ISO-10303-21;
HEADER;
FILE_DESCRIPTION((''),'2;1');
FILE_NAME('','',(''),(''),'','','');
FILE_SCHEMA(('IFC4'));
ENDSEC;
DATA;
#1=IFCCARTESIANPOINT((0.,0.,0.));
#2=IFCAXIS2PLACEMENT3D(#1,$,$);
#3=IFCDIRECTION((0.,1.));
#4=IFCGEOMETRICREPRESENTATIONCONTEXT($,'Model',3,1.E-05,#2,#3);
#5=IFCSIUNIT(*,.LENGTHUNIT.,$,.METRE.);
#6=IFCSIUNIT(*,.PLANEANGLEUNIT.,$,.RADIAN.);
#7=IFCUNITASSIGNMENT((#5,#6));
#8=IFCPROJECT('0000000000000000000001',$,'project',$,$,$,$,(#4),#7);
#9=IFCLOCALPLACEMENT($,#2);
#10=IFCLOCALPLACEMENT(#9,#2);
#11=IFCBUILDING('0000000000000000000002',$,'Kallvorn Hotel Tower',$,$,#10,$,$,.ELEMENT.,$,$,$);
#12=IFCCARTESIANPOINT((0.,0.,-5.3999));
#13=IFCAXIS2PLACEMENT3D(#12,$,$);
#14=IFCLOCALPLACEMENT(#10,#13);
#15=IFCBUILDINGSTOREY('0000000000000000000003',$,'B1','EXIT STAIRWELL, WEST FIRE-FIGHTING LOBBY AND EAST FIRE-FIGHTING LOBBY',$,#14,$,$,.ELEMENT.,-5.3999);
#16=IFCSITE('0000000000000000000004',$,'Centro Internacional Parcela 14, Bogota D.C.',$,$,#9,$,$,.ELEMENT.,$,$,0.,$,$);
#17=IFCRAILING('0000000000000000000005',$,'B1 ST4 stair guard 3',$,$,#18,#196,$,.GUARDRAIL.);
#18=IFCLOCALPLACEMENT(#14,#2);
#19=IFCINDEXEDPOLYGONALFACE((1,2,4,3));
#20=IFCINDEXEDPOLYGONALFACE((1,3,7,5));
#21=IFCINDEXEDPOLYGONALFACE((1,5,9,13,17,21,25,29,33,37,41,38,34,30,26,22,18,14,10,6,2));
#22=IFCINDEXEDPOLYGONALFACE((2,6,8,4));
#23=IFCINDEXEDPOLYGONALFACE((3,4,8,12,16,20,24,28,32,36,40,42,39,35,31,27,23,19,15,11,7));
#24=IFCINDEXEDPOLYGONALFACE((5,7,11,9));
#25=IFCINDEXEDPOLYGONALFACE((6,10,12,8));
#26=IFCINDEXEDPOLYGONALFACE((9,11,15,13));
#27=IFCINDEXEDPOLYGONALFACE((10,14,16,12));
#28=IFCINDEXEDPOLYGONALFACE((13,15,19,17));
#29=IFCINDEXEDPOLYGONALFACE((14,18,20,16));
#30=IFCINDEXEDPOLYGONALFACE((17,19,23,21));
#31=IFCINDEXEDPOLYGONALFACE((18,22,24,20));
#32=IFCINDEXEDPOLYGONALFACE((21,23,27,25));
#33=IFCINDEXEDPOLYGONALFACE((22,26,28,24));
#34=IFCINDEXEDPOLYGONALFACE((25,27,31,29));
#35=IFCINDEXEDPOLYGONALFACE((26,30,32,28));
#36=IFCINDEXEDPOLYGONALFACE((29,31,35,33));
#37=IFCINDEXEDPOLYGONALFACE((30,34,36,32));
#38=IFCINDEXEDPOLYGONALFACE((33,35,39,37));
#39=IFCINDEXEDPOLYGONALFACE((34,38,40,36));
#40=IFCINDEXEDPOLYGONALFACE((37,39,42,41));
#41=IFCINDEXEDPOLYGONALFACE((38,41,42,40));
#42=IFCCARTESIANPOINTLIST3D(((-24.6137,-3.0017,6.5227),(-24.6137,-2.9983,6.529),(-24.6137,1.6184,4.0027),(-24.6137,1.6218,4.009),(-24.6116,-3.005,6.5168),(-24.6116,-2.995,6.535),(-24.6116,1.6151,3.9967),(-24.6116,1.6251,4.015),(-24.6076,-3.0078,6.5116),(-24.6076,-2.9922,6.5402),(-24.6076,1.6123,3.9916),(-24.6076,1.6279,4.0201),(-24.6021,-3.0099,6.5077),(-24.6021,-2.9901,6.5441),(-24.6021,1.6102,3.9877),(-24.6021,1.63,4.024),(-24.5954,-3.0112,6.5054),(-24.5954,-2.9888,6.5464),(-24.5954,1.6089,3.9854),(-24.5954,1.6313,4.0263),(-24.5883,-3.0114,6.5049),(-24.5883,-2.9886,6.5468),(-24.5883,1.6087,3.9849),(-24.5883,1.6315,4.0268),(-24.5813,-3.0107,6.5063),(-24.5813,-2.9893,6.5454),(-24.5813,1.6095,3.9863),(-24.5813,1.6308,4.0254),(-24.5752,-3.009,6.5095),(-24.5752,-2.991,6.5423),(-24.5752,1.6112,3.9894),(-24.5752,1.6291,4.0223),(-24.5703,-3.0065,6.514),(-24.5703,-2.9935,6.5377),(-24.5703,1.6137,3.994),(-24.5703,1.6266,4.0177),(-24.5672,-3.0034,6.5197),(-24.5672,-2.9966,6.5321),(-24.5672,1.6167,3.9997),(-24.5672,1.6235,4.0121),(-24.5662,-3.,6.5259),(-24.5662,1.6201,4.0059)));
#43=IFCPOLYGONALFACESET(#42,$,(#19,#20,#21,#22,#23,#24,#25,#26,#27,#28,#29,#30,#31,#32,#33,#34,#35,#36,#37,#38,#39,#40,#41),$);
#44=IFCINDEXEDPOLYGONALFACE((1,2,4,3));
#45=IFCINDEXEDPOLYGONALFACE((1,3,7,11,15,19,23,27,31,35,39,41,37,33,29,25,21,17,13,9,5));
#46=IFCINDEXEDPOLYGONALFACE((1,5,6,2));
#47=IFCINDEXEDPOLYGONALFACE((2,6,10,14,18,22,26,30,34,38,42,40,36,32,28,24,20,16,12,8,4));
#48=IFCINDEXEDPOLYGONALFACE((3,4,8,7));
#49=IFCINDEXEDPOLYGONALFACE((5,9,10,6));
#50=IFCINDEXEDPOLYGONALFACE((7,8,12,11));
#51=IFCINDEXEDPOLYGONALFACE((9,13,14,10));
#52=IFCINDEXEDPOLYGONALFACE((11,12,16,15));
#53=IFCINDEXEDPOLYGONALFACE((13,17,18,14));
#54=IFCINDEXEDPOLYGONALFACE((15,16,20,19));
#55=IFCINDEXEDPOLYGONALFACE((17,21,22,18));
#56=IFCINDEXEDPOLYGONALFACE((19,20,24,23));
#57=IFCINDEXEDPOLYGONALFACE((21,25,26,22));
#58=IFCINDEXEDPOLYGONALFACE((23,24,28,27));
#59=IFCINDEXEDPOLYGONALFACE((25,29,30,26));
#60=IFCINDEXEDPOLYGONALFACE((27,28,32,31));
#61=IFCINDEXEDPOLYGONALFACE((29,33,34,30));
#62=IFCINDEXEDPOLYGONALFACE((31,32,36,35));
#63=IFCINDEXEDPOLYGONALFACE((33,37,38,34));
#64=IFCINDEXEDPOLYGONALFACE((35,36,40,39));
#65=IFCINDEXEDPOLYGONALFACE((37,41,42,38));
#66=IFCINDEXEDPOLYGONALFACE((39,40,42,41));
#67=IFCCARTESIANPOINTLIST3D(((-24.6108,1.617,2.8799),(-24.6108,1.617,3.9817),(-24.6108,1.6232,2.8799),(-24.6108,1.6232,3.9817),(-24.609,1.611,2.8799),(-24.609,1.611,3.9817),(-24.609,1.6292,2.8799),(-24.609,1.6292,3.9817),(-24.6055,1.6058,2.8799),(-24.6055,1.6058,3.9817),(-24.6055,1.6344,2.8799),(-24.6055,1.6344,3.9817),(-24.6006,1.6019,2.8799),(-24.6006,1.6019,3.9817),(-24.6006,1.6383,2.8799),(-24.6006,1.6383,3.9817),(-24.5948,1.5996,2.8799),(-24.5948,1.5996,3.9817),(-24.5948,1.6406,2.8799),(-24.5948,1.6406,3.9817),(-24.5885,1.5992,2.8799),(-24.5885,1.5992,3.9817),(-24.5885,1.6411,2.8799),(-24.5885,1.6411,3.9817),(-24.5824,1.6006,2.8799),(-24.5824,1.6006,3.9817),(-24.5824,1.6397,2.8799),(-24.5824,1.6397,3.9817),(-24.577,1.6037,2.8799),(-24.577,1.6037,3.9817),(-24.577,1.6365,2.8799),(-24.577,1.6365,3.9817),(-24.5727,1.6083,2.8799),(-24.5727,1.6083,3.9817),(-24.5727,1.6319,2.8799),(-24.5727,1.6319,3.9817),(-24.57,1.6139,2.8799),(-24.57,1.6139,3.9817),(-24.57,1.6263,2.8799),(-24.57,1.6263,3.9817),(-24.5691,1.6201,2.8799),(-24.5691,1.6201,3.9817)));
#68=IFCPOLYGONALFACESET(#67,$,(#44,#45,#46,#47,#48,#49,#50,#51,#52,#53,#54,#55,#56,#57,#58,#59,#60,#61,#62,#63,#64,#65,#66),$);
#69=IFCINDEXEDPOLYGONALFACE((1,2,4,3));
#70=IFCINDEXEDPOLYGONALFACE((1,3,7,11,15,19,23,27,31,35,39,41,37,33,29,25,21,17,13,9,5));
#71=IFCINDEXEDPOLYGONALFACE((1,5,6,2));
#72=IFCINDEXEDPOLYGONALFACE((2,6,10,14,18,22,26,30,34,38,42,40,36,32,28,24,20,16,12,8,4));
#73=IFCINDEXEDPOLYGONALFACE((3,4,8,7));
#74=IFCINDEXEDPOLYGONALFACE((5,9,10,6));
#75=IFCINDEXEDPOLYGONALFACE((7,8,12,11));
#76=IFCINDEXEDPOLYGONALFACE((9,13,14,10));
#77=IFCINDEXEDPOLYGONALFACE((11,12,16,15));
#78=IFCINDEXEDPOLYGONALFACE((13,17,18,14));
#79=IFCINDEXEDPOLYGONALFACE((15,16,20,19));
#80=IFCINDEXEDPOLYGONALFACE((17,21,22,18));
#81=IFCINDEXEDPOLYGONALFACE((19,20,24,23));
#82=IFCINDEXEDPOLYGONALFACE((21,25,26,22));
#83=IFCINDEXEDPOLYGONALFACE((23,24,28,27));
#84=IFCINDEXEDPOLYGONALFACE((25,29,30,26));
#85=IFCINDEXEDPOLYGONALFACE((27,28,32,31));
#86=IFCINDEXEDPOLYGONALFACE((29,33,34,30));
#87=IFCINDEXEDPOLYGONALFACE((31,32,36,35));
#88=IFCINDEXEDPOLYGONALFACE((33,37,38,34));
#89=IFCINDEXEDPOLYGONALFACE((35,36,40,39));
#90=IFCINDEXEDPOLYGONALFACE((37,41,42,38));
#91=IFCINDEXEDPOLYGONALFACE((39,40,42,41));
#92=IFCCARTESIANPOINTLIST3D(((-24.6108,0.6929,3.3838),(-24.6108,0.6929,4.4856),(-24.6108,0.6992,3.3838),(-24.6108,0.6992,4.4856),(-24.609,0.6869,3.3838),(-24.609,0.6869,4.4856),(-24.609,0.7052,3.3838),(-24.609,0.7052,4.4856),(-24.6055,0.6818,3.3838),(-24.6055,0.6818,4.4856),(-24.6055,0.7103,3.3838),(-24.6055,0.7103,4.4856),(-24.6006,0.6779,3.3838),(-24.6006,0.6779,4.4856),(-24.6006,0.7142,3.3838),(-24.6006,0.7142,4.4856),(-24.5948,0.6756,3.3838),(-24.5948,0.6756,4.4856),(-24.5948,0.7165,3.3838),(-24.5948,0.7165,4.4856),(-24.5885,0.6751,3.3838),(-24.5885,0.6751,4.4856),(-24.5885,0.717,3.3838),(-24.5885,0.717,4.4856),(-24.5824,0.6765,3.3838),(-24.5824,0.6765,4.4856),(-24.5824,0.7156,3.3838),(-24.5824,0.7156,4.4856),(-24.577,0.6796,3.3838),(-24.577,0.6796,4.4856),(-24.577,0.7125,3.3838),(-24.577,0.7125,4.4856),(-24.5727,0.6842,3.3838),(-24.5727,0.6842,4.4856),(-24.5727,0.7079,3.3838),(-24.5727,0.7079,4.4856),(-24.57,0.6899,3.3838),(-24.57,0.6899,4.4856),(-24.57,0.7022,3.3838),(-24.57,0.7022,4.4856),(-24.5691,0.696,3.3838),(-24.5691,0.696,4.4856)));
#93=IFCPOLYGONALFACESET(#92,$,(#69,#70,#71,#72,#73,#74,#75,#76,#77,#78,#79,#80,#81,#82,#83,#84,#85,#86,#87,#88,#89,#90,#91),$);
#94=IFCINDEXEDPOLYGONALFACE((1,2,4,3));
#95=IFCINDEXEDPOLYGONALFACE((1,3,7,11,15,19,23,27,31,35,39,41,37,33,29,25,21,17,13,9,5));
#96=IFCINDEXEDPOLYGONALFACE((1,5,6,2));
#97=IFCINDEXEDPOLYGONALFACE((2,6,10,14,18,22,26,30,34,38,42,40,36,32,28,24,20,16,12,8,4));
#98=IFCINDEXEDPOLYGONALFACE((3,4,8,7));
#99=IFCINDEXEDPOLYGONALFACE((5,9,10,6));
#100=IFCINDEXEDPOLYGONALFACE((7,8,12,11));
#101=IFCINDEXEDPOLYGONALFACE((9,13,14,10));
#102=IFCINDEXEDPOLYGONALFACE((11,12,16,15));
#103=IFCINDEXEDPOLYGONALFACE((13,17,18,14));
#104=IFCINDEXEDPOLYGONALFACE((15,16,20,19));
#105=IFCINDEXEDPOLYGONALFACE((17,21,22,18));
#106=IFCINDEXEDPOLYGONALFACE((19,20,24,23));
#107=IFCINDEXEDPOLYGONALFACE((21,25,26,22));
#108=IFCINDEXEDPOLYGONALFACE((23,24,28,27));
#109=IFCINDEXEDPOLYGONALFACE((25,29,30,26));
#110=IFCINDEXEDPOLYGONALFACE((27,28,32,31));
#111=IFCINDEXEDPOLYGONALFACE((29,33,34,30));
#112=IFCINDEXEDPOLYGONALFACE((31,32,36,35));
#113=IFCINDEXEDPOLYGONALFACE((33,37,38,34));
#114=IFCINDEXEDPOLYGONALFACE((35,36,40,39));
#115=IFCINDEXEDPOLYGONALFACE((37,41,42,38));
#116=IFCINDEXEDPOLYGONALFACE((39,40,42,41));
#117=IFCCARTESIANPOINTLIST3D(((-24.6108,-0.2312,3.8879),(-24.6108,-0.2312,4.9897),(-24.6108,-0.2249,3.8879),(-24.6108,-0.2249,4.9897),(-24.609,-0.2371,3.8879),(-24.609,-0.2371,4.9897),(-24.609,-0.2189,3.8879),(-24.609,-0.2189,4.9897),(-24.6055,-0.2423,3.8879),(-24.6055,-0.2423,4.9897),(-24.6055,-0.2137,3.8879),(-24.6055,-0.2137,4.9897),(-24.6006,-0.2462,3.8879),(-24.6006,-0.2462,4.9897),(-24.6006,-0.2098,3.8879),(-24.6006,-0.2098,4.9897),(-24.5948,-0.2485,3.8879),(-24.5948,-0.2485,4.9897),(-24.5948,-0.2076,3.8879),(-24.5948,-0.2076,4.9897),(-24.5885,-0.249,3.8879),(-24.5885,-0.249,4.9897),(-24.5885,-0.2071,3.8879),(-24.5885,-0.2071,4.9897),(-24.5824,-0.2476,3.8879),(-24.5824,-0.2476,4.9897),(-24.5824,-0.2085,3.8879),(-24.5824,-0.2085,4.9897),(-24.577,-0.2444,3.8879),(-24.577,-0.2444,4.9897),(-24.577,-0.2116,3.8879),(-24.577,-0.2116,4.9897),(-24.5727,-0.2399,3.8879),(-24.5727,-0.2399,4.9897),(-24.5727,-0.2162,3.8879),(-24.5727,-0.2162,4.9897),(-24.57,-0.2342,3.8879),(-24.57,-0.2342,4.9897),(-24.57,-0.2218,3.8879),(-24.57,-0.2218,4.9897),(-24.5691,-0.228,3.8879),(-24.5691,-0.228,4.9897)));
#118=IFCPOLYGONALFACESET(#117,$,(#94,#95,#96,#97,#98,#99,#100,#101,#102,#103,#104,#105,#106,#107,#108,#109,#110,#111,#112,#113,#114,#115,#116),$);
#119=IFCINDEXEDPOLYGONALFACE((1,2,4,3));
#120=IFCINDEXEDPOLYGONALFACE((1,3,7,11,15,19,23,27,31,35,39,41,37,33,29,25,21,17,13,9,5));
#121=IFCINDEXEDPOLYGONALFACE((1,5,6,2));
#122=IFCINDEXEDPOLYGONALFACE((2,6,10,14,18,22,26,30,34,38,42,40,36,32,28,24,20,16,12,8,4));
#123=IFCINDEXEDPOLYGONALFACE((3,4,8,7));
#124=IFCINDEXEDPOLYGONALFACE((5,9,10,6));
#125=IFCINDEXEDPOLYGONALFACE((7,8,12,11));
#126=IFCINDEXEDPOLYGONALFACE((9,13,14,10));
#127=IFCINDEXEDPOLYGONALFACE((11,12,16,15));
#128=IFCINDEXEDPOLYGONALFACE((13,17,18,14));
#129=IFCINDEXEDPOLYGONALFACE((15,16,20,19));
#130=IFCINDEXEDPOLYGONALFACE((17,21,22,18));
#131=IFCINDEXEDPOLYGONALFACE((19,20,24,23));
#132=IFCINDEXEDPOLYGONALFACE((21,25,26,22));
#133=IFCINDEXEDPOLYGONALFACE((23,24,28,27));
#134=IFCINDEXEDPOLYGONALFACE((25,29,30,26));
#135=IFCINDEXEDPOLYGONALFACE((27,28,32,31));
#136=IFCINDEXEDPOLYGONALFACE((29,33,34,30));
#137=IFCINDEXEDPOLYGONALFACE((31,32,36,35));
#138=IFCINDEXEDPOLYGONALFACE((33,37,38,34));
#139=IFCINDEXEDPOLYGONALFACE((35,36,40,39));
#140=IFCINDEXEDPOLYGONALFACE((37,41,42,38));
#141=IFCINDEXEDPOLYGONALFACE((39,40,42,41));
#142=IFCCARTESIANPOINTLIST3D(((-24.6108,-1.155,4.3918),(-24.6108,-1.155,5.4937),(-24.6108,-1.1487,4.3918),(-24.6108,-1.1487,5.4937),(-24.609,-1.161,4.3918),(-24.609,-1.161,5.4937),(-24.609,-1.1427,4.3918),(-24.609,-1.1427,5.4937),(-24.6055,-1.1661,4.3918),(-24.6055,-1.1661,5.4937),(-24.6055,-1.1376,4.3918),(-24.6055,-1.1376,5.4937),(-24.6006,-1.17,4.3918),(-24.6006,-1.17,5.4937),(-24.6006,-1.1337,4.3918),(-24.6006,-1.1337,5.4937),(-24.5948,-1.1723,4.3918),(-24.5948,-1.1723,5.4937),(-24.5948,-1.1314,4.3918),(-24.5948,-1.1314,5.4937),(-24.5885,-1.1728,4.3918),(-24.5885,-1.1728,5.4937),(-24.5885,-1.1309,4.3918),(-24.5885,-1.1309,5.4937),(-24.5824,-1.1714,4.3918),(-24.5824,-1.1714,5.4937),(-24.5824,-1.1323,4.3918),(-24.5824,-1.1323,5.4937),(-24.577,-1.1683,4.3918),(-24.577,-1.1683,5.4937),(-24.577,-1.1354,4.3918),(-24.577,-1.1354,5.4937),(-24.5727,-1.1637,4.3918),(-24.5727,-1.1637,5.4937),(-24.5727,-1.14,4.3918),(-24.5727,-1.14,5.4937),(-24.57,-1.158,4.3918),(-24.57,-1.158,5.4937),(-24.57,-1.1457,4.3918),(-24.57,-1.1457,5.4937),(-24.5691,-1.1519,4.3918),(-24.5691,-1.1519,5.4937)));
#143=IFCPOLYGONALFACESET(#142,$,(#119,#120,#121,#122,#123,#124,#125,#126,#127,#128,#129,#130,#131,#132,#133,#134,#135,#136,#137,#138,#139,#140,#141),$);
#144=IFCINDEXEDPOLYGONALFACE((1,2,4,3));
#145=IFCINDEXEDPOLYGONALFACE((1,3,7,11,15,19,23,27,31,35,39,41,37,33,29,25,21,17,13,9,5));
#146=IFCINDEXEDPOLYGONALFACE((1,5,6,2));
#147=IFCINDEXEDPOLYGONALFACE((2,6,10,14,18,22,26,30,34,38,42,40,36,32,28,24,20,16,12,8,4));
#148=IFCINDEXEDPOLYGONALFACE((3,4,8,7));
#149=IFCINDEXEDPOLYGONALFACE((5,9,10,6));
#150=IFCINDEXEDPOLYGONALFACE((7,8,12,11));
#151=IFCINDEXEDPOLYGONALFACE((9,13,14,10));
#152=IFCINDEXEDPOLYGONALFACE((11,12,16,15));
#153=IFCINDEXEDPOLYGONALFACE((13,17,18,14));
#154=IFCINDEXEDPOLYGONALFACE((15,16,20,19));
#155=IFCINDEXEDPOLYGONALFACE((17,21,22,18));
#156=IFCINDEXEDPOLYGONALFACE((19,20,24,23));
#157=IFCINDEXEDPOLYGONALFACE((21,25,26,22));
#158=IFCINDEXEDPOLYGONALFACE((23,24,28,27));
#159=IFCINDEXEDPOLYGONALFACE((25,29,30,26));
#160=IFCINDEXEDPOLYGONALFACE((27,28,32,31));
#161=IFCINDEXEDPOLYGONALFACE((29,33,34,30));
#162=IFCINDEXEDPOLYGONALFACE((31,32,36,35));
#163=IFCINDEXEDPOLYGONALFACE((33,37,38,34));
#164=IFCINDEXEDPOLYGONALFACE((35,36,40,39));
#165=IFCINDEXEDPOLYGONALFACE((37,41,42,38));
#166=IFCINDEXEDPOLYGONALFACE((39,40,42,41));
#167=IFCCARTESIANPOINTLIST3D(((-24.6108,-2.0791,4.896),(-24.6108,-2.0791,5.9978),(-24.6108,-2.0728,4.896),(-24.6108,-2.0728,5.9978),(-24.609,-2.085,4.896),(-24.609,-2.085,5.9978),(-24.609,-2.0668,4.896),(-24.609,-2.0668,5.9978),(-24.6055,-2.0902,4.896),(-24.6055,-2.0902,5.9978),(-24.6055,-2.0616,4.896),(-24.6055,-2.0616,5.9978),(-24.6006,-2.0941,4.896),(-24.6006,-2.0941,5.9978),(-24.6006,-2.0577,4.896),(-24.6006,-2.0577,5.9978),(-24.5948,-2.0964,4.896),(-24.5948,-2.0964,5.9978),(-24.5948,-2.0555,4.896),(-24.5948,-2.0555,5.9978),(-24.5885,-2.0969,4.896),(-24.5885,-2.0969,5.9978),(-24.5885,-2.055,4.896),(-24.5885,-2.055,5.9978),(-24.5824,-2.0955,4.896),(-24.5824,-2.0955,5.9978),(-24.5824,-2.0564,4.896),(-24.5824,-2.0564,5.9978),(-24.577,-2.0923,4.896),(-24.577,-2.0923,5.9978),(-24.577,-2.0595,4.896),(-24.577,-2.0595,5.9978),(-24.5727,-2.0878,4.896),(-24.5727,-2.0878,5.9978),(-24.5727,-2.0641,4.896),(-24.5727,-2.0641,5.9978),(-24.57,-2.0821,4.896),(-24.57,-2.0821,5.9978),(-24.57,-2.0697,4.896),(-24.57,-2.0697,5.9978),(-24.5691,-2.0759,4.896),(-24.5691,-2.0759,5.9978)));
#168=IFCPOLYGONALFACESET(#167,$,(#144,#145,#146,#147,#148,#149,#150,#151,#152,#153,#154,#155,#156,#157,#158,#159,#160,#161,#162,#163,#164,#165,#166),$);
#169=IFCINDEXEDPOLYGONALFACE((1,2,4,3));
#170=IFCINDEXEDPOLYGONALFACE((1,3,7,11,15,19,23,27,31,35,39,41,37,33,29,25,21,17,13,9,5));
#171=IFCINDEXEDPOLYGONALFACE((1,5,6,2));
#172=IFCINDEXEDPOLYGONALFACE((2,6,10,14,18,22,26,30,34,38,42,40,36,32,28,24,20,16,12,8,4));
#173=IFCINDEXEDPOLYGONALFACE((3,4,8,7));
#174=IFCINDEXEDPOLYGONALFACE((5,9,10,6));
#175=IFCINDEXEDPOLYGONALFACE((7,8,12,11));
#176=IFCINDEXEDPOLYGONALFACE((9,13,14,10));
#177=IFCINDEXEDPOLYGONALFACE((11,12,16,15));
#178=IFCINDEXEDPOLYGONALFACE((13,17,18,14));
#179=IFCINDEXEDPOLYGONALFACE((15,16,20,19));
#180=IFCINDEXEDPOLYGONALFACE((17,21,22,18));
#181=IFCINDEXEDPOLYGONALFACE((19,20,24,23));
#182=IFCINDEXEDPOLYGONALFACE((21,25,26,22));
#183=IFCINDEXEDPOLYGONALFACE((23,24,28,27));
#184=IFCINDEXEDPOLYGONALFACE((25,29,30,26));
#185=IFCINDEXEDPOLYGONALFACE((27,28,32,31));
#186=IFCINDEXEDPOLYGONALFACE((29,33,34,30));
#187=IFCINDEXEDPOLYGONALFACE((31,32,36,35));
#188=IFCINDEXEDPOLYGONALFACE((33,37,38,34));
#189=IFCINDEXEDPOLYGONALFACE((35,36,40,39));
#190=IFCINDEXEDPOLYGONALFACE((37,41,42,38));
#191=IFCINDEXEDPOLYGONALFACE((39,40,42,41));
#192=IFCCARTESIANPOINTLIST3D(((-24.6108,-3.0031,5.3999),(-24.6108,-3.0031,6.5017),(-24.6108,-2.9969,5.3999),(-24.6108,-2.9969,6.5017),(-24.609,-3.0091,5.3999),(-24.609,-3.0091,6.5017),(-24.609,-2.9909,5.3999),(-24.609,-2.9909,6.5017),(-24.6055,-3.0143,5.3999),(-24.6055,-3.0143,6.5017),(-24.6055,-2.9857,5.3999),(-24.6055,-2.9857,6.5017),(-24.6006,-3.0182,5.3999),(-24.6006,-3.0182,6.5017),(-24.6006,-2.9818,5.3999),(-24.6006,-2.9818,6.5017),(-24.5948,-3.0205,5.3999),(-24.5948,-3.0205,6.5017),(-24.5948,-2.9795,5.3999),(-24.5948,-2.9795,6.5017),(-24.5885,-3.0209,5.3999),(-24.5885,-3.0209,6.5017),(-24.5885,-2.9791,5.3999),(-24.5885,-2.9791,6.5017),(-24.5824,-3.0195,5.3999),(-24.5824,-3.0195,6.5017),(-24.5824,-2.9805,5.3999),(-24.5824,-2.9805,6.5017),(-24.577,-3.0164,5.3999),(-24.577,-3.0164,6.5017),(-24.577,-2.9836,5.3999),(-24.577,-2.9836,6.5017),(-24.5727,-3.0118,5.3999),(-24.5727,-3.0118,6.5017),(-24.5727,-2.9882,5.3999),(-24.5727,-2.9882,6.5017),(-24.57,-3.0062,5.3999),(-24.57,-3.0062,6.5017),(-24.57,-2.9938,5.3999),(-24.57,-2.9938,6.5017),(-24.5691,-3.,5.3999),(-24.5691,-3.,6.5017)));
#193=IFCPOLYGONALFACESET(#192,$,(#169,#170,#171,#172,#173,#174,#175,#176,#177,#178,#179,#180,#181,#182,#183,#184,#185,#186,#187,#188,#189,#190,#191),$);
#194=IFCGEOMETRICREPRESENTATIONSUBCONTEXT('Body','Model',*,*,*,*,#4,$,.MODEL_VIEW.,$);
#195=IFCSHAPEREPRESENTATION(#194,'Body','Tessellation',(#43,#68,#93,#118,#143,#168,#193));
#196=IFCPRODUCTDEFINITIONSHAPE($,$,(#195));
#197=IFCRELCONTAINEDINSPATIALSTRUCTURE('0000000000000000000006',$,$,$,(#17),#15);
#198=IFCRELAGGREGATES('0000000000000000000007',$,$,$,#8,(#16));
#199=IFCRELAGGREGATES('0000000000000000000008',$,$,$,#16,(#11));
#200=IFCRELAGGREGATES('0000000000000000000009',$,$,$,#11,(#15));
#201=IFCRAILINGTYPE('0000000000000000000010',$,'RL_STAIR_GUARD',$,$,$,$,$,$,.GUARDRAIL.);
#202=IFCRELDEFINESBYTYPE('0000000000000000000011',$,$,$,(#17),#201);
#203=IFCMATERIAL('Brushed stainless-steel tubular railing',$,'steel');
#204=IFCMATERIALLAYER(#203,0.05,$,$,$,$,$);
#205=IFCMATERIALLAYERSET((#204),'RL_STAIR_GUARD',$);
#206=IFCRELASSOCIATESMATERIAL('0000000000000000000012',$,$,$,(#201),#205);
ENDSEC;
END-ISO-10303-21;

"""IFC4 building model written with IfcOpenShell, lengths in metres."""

from ifc_helpers import new_model, si_unit, direction, frame, origin, origin_2d, place, context, subcontext, project, spatial, circle, extrude, material, layer, layer_set, type_object, element, save


model = new_model("IFC4")

# Units and contexts
model_context = context("Model", 3, precision=1e-05, world=origin(), true_north=direction((0.0, 1.0)))
body_context = subcontext(model_context, "Body", "Model", "MODEL_VIEW")
ifc_project = project(units=[si_unit("LENGTHUNIT", "METRE"), si_unit("PLANEANGLEUNIT", "RADIAN")], contexts=[model_context])

# Site, building, storey
site_placement = place(None, origin())
site = spatial("IfcSite", under=ifc_project, at=site_placement, Name="Centro Internacional Parcela 14, Bogota D.C.", CompositionType="ELEMENT", RefElevation=0.0)
building_placement = place(site_placement, origin())
building = spatial("IfcBuilding", under=site, at=building_placement, Name="Kallvorn Hotel Tower", CompositionType="ELEMENT")
storey_placement = place(building_placement, frame((0.0, 0.0, -5.3999)))
storey = spatial("IfcBuildingStorey", under=building, at=storey_placement, Name="B1", Description="EXIT STAIRWELL, WEST FIRE-FIGHTING LOBBY AND EAST FIRE-FIGHTING LOBBY", CompositionType="ELEMENT", Elevation=-5.3999)

# Railing
ifc_material_1 = material(Name="Brushed stainless-steel tubular railing", Category="steel")
ifc_layer_1 = layer(ifc_material_1, 0.05)
ifc_layer_set_1 = layer_set([ifc_layer_1], Name="RL_STAIR_GUARD")
railing_type_1 = type_object("IfcRailingType", Name="RL_STAIR_GUARD", PredefinedType="GUARDRAIL", material=ifc_layer_set_1)
railing_1_placement = place(storey_placement, frame((-24.5901, 1.6201, 2.8799)))
element("IfcRailing", 1, at=railing_1_placement, inside=storey, type_object=railing_type_1, Name="B1 ST4 stair guard 3", PredefinedType="GUARDRAIL", context=body_context, shape_type="SweptSolid", body=[
    extrude(circle(Radius=0.0239, at=origin_2d()), frame((0.0, 0.0, 1.126), z_axis=(0.0, -0.877899, 0.478846), x_axis=(1.0, 0.0, 0.0)), (0.0, 0.0, 1.0), 5.2627),
    extrude(circle(Radius=0.021, at=origin_2d()), origin(), (0.0, 0.0, 1.0), 1.1018),
    extrude(circle(Radius=0.021, at=origin_2d()), frame((0.0, -0.9241, 0.5039)), (0.0, 0.0, 1.0), 1.1018),
    extrude(circle(Radius=0.021, at=origin_2d()), frame((0.0, -1.8481, 1.0081)), (0.0, 0.0, 1.0), 1.1018),
    extrude(circle(Radius=0.021, at=origin_2d()), frame((0.0, -2.772, 1.512)), (0.0, 0.0, 1.0), 1.1018),
    extrude(circle(Radius=0.021, at=origin_2d()), frame((0.0, -3.696, 2.0161)), (0.0, 0.0, 1.0), 1.1018),
    extrude(circle(Radius=0.021, at=origin_2d()), frame((0.0, -4.6201, 2.52)), (0.0, 0.0, 1.0), 1.1018),
])

save(model, "model.ifc")
